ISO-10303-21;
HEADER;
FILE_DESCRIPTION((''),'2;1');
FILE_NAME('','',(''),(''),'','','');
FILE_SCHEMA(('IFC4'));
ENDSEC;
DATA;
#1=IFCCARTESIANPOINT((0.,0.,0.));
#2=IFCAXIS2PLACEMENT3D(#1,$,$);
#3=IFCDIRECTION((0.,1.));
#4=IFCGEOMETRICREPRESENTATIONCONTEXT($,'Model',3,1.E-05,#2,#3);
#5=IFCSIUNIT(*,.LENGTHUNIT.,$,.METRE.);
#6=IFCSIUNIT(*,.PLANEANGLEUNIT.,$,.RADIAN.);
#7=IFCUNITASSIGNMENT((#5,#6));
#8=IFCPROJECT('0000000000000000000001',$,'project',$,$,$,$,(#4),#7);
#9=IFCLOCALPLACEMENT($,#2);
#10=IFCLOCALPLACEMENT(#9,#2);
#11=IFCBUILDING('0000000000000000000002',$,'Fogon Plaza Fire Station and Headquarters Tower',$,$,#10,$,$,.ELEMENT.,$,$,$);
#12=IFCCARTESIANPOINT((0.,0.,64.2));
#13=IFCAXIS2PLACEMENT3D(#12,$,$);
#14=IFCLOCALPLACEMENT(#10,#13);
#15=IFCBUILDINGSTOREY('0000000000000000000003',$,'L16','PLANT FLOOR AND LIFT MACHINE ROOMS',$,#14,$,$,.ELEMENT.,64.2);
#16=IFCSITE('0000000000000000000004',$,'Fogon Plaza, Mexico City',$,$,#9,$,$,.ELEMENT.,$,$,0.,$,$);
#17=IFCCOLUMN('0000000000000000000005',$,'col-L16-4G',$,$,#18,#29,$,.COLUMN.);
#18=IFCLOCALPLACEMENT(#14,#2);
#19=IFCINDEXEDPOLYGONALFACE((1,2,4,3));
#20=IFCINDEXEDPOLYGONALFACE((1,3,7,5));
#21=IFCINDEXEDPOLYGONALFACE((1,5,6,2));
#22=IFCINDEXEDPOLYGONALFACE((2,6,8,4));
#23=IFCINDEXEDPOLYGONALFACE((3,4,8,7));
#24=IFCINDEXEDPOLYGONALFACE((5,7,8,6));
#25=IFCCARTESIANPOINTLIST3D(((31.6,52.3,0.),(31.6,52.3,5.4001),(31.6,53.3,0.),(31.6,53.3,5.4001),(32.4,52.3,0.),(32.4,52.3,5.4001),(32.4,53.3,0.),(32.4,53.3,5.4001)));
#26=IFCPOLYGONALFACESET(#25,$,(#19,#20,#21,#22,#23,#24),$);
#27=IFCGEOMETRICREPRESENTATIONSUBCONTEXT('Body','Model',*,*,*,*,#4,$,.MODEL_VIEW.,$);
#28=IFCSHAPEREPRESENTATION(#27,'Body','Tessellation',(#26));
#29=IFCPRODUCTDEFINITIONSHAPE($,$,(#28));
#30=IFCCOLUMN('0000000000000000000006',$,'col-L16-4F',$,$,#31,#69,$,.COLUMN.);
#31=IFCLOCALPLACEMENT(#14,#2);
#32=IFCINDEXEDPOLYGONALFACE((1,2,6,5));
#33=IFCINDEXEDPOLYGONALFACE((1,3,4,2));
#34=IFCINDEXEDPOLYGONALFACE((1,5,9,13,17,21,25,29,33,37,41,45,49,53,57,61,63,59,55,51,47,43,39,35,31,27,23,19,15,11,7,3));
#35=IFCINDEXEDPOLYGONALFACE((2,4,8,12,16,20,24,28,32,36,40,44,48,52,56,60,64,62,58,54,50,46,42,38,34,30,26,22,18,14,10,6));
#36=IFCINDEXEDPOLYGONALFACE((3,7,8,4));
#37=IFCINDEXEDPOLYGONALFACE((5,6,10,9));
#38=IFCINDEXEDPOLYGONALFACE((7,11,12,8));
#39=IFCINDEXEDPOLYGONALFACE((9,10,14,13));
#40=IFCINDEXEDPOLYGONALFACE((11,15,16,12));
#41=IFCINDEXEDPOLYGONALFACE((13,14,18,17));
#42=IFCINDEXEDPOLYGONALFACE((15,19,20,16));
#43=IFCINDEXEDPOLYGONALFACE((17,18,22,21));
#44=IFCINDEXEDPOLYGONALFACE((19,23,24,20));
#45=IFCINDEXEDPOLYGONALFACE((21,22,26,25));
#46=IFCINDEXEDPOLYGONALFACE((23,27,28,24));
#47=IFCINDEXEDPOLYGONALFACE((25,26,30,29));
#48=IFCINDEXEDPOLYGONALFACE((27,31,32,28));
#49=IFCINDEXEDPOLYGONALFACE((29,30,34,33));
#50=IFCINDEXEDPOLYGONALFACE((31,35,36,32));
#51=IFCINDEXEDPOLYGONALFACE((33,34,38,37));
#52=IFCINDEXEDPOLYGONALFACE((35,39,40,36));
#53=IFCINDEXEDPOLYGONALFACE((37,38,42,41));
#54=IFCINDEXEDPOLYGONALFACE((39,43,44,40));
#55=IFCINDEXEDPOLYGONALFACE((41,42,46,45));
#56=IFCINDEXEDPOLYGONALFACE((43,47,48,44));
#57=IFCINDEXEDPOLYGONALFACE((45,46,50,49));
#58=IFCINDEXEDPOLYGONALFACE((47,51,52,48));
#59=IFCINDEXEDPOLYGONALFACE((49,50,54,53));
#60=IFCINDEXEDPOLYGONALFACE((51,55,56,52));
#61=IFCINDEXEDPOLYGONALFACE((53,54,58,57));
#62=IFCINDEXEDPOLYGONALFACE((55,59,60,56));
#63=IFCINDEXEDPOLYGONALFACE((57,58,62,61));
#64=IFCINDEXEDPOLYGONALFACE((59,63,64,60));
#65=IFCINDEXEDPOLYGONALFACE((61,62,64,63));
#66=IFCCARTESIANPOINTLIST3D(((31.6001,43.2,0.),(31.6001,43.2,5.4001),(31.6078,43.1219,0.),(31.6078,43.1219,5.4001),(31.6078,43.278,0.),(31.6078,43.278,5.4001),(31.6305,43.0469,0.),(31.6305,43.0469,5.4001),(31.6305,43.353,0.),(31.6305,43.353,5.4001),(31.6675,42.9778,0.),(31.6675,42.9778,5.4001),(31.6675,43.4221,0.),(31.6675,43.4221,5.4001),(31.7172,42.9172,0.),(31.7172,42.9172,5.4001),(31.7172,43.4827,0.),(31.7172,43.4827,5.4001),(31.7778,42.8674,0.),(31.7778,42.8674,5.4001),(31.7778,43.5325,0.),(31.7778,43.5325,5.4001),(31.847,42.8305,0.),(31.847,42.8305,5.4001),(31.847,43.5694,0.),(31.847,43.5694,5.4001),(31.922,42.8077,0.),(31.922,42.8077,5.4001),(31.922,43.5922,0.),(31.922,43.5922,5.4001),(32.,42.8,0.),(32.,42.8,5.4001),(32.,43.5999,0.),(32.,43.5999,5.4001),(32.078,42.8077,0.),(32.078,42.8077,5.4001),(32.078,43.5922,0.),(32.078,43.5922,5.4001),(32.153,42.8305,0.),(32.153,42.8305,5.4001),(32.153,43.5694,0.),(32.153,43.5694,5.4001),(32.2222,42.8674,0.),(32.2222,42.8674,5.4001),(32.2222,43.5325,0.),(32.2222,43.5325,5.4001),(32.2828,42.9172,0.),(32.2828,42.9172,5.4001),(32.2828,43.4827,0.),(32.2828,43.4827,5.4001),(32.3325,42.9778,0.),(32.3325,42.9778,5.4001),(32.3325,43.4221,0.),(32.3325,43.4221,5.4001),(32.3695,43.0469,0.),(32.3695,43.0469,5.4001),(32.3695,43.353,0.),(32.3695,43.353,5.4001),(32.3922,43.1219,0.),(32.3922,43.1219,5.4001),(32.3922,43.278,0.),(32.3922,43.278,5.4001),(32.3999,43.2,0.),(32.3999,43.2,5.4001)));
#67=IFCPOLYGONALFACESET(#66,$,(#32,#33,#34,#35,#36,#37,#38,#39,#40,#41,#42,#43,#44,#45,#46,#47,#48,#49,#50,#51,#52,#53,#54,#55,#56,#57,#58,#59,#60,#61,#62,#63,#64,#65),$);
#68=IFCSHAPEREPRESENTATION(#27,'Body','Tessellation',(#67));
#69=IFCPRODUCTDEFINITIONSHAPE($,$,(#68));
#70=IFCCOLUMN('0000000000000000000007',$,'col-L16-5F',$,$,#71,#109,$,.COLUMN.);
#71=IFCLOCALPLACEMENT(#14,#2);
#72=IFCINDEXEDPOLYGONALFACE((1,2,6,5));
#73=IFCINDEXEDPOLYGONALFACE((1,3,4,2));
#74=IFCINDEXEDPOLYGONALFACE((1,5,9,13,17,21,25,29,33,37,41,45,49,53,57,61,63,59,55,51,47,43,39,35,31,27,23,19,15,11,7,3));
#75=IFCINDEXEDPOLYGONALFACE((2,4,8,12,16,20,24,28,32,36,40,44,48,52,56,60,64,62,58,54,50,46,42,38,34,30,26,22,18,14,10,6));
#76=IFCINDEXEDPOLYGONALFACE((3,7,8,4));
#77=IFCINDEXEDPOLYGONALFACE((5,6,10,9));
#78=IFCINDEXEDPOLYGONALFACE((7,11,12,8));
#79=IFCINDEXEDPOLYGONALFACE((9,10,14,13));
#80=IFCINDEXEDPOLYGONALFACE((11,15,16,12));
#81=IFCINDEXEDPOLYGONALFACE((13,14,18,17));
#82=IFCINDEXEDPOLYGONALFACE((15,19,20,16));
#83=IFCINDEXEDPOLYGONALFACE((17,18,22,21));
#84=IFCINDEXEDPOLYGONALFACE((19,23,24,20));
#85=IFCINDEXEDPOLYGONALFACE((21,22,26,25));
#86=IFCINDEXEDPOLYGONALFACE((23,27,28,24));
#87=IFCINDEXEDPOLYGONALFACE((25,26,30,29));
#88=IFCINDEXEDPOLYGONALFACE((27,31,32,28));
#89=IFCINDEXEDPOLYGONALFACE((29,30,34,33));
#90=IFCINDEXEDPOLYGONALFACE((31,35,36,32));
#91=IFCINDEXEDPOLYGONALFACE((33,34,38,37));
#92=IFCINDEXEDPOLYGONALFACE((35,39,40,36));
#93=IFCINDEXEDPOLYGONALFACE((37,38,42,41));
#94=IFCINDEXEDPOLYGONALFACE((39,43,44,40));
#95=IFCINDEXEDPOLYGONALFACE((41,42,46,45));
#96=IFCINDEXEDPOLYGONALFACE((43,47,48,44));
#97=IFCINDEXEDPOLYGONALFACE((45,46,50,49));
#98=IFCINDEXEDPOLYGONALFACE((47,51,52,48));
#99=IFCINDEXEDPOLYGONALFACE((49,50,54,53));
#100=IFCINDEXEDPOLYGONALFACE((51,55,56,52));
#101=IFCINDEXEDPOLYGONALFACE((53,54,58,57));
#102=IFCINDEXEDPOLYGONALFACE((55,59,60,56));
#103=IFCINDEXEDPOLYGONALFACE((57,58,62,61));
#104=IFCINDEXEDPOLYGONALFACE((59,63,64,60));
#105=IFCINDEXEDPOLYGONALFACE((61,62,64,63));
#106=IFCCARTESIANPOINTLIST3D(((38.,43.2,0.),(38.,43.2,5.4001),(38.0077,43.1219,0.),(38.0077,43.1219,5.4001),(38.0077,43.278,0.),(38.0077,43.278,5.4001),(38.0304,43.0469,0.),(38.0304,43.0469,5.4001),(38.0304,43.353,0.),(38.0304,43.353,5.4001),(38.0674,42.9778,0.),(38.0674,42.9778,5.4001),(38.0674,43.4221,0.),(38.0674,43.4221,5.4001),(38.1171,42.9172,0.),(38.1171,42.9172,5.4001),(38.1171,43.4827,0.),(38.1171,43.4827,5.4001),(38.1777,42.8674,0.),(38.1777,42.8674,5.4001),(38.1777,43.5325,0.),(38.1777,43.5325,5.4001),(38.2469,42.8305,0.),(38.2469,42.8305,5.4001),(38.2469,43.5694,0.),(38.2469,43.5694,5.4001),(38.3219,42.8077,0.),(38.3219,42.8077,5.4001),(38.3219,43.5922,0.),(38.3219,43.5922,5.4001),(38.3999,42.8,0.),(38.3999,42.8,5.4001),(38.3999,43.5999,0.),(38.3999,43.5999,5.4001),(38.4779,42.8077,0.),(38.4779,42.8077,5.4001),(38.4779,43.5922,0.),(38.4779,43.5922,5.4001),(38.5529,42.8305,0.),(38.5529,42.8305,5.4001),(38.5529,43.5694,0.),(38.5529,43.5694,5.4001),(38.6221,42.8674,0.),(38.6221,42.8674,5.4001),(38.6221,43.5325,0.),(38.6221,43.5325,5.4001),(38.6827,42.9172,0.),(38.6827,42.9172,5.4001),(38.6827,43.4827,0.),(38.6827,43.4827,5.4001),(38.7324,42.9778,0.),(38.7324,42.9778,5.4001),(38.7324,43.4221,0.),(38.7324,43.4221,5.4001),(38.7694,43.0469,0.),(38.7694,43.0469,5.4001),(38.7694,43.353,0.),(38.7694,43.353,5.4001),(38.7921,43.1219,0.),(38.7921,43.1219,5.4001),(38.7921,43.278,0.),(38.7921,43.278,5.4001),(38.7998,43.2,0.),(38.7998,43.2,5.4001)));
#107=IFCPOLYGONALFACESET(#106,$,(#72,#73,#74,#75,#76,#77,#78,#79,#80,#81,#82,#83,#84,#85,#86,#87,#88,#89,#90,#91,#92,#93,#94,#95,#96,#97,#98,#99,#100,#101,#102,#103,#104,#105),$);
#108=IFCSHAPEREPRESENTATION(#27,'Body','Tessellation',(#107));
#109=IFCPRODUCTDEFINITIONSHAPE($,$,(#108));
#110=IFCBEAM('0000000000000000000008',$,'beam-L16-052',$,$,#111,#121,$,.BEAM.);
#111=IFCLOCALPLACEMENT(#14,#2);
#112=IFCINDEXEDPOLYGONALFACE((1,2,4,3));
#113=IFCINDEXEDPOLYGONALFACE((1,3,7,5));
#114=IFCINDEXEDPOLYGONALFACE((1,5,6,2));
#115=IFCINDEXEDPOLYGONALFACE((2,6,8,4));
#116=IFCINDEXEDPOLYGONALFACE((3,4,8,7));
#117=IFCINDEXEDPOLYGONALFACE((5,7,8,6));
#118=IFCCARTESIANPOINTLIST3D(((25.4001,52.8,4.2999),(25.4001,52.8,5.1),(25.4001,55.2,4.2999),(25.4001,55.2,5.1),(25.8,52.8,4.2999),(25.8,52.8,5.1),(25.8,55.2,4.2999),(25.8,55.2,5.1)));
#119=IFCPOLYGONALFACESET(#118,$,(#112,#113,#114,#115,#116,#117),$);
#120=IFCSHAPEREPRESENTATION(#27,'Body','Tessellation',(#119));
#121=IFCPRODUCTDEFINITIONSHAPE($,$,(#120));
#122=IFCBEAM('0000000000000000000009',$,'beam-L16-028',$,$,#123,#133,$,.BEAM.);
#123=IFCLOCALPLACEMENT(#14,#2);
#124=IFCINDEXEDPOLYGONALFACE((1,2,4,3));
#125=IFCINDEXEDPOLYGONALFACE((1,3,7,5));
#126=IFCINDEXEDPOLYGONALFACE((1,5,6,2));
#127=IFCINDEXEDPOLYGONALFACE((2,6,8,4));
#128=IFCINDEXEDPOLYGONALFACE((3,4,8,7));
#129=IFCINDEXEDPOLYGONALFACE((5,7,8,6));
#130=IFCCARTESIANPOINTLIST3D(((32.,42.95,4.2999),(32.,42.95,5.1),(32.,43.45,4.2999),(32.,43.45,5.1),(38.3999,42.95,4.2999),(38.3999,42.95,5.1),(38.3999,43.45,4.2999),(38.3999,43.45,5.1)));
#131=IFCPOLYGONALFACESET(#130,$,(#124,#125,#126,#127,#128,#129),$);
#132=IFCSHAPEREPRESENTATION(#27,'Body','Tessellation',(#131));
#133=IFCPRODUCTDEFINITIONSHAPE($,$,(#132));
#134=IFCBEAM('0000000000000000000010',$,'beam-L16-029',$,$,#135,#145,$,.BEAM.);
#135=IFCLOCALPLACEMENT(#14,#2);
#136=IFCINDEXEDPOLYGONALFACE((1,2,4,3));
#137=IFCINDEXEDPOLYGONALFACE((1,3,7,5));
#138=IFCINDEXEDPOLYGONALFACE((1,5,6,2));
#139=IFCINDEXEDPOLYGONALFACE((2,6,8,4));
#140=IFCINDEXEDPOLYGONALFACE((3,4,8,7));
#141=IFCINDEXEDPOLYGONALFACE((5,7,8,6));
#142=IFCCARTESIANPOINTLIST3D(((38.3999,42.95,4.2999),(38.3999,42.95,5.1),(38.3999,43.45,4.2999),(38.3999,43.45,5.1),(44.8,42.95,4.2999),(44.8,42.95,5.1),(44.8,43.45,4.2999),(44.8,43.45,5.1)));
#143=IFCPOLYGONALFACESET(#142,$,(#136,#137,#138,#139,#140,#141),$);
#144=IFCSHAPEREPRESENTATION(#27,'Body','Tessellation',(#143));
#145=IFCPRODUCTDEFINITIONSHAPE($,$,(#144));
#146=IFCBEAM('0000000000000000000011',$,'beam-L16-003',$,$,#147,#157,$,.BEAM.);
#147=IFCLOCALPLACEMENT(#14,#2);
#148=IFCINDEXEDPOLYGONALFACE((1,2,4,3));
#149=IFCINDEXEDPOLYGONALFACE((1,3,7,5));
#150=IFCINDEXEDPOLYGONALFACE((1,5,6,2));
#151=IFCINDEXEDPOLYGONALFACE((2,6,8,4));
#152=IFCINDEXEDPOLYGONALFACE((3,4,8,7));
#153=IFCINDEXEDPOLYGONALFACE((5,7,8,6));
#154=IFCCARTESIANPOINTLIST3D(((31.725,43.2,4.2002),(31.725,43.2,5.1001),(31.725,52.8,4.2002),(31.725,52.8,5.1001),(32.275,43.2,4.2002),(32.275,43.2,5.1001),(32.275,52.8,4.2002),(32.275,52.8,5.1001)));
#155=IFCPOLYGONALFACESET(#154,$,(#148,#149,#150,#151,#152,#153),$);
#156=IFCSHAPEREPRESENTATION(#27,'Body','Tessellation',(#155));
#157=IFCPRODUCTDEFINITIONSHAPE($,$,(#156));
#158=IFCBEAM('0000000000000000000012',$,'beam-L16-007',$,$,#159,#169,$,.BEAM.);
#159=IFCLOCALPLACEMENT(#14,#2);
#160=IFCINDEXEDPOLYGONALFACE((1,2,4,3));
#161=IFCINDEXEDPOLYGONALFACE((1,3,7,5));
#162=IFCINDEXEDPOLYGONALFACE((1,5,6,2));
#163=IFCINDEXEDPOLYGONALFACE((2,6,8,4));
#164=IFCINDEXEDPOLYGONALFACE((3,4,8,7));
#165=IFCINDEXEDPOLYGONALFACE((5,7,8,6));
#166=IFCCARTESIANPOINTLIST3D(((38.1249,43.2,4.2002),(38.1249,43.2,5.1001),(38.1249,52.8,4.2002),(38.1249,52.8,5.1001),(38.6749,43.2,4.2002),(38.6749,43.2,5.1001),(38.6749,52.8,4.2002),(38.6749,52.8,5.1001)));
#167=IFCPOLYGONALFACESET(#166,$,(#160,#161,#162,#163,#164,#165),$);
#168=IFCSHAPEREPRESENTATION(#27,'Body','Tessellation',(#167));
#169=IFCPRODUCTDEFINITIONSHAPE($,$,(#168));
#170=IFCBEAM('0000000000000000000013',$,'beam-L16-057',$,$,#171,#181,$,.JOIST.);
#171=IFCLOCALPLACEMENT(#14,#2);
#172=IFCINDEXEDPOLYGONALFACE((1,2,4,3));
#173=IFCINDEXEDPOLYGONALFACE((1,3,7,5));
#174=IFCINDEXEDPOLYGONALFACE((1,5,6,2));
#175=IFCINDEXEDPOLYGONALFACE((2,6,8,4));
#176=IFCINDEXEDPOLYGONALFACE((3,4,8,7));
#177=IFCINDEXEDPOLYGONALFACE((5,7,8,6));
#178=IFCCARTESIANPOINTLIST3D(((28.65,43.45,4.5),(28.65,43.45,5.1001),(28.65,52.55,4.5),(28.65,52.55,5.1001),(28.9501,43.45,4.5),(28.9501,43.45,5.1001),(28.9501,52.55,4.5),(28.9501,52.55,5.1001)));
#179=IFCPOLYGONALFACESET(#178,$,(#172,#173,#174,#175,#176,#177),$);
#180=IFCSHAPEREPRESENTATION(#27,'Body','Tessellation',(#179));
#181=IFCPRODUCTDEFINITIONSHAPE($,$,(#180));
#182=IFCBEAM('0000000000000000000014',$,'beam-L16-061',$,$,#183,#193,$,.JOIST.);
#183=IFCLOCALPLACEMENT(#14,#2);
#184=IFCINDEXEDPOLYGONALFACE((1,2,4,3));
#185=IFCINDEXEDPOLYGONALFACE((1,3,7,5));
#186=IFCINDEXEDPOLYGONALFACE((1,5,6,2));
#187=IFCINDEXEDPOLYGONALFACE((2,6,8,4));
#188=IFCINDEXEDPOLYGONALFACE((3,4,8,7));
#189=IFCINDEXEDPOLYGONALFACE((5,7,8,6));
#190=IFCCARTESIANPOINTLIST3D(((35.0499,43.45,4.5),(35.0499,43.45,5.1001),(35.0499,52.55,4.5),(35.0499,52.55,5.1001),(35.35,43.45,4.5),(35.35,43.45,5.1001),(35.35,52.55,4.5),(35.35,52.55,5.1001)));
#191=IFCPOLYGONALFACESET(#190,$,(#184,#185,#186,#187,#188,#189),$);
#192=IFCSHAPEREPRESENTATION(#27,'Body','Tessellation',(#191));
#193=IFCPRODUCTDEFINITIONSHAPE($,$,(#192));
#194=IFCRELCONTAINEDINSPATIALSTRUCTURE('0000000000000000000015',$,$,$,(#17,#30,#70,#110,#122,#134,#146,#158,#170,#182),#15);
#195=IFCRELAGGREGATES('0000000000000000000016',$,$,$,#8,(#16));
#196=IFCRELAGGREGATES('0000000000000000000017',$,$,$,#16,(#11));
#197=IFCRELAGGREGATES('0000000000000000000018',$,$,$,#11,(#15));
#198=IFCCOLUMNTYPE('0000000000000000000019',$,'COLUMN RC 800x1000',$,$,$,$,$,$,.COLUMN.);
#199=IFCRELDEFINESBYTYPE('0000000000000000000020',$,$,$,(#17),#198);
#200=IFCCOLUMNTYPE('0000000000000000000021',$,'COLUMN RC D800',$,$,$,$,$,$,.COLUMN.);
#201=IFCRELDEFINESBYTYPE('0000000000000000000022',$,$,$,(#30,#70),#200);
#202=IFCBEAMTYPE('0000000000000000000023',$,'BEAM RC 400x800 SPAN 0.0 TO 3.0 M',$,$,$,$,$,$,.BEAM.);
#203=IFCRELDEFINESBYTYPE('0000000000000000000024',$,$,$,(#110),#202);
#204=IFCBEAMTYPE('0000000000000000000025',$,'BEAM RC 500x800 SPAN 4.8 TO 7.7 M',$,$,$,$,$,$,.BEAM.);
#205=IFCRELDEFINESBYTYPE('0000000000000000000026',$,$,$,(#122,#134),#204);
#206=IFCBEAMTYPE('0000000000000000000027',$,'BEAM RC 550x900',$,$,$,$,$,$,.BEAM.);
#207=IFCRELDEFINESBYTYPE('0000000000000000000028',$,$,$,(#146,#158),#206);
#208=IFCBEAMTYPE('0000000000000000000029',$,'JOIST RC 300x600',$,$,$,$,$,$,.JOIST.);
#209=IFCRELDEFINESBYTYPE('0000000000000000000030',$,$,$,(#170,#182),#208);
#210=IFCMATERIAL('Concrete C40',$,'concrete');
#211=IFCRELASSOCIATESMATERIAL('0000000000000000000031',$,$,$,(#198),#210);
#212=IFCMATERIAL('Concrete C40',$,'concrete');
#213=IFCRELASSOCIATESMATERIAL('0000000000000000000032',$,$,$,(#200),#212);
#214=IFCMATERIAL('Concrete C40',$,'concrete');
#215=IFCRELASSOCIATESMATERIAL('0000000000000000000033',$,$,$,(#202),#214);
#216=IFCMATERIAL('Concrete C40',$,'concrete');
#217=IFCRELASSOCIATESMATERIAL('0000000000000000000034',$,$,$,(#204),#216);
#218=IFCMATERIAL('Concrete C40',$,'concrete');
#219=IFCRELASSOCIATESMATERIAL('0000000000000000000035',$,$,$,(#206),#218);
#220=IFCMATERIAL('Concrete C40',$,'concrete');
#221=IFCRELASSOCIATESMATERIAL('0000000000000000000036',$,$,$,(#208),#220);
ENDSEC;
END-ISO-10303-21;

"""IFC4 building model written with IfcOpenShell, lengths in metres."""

from ifc_helpers import new_model, si_unit, direction, frame, origin, origin_2d, place, context, subcontext, project, spatial, rectangle, circle, extrude, material, material_profile, profile_set, type_object, element, save


model = new_model("IFC4")

# Units and contexts
model_context = context("Model", 3, precision=1e-05, world=origin(), true_north=direction((0.0, 1.0)))
body_context = subcontext(model_context, "Body", "Model", "MODEL_VIEW")
ifc_project = project(units=[si_unit("LENGTHUNIT", "METRE"), si_unit("PLANEANGLEUNIT", "RADIAN")], contexts=[model_context])

# Site, building, storey
site_placement = place(None, origin())
site = spatial("IfcSite", under=ifc_project, at=site_placement, Name="Fogon Plaza, Mexico City", CompositionType="ELEMENT", RefElevation=0.0)
building_placement = place(site_placement, origin())
building = spatial("IfcBuilding", under=site, at=building_placement, Name="Fogon Plaza Fire Station and Headquarters Tower", CompositionType="ELEMENT")
storey_placement = place(building_placement, frame((0.0, 0.0, 64.2)))
storey = spatial("IfcBuildingStorey", under=building, at=storey_placement, Name="L16", Description="PLANT FLOOR AND LIFT MACHINE ROOMS", CompositionType="ELEMENT", Elevation=64.2)

# Columns
ifc_material_1 = material(Name="Concrete C40", Category="concrete")
ifc_material_profile_1 = material_profile(ifc_material_1, rectangle(XDim=0.8, YDim=1.0, at=origin_2d()), Name="RC 800x1000")
ifc_profile_set_1 = profile_set([ifc_material_profile_1], Name="Concrete C40")
column_type_1 = type_object("IfcColumnType", Name="COLUMN RC 800x1000", PredefinedType="COLUMN", material=ifc_profile_set_1)
column_placement = place(storey_placement, frame((32.0, 52.8, 0.0), z_axis=(0.0, 0.0, 1.0), x_axis=(1.0, 0.0, 0.0)))
element("IfcColumn", 1, at=column_placement, inside=storey, type_object=column_type_1, Name="col-L16-4G", PredefinedType="COLUMN", context=body_context, shape_type="SweptSolid", body=[
    extrude(rectangle(XDim=0.8, YDim=1.0, at=origin_2d()), origin(), (0.0, 0.0, 1.0), 5.4001),
])
ifc_material_2 = material(Name="Concrete C40", Category="concrete")
ifc_material_profile_2 = material_profile(ifc_material_2, circle(Radius=0.3999, at=origin_2d()), Name="RC D800")
ifc_profile_set_2 = profile_set([ifc_material_profile_2], Name="Concrete C40")
column_type_2 = type_object("IfcColumnType", Name="COLUMN RC D800", PredefinedType="COLUMN", material=ifc_profile_set_2)
for number, where, z_axis, x_axis, name in (
    (2, (32.0, 43.2, 0.0), (0.0, 0.0, 1.0), (1.0, 0.0, 0.0), "col-L16-4F"),
    (3, (38.3999, 43.2, 0.0), (0.0, 0.0, 1.0), (1.0, 0.0, 0.0), "col-L16-5F"),
):
    element("IfcColumn", number, at=place(storey_placement, frame(where, z_axis=z_axis, x_axis=x_axis)), inside=storey, type_object=column_type_2, Name=name, PredefinedType="COLUMN", context=body_context, shape_type="SweptSolid", body=[
        extrude(circle(Radius=0.3999, at=origin_2d()), origin(), (0.0, 0.0, 1.0), 5.4001),
    ])

# Beams
ifc_material_3 = material(Name="Concrete C40", Category="concrete")
ifc_material_profile_3 = material_profile(ifc_material_3, rectangle(XDim=0.3999, YDim=0.8, at=origin_2d()), Name="RC 400x800")
ifc_profile_set_3 = profile_set([ifc_material_profile_3], Name="Concrete C40")
beam_type_1 = type_object("IfcBeamType", Name="BEAM RC 400x800 SPAN 0.0 TO 3.0 M", PredefinedType="BEAM", material=ifc_profile_set_3)
beam_1_placement = place(storey_placement, frame((25.6001, 52.8, 4.7), z_axis=(0.0, 1.0, 0.0), x_axis=(-1.0, 0.0, 0.0)))
element("IfcBeam", 4, at=beam_1_placement, inside=storey, type_object=beam_type_1, Name="beam-L16-052", PredefinedType="BEAM", context=body_context, shape_type="SweptSolid", body=[
    extrude(rectangle(XDim=0.3999, YDim=0.8, at=origin_2d()), origin(), (0.0, 0.0, 1.0), 2.3999),
])
ifc_material_4 = material(Name="Concrete C40", Category="concrete")
ifc_material_profile_4 = material_profile(ifc_material_4, rectangle(XDim=0.5, YDim=0.8, at=origin_2d()), Name="RC 500x800")
ifc_profile_set_4 = profile_set([ifc_material_profile_4], Name="Concrete C40")
beam_type_2 = type_object("IfcBeamType", Name="BEAM RC 500x800 SPAN 4.8 TO 7.7 M", PredefinedType="BEAM", material=ifc_profile_set_4)
beam_2_placement = place(storey_placement, frame((32.0, 43.2, 4.7), z_axis=(1.0, 0.0, 0.0), x_axis=(0.0, 1.0, 0.0)))
element("IfcBeam", 5, at=beam_2_placement, inside=storey, type_object=beam_type_2, Name="beam-L16-028", PredefinedType="BEAM", context=body_context, shape_type="SweptSolid", body=[
    extrude(rectangle(XDim=0.5, YDim=0.8, at=origin_2d()), origin(), (0.0, 0.0, 1.0), 6.3999),
])
beam_3_placement = place(storey_placement, frame((38.3999, 43.2, 4.7), z_axis=(1.0, 0.0, 0.0), x_axis=(0.0, 1.0, 0.0)))
element("IfcBeam", 6, at=beam_3_placement, inside=storey, type_object=beam_type_2, Name="beam-L16-029", PredefinedType="BEAM", context=body_context, shape_type="SweptSolid", body=[
    extrude(rectangle(XDim=0.5, YDim=0.8, at=origin_2d()), origin(), (0.0, 0.0, 1.0), 6.4001),
])
ifc_material_5 = material(Name="Concrete C40", Category="concrete")
ifc_material_profile_5 = material_profile(ifc_material_5, rectangle(XDim=0.55, YDim=0.8999, at=origin_2d()), Name="RC 550x900")
ifc_profile_set_5 = profile_set([ifc_material_profile_5], Name="Concrete C40")
beam_type_3 = type_object("IfcBeamType", Name="BEAM RC 550x900", PredefinedType="BEAM", material=ifc_profile_set_5)
for number, where, z_axis, x_axis, name in (
    (7, (32.0, 43.2, 4.6501), (0.0, 1.0, 0.0), (-1.0, 0.0, 0.0), "beam-L16-003"),
    (8, (38.3999, 43.2, 4.6501), (0.0, 1.0, 0.0), (-1.0, 0.0, 0.0), "beam-L16-007"),
):
    element("IfcBeam", number, at=place(storey_placement, frame(where, z_axis=z_axis, x_axis=x_axis)), inside=storey, type_object=beam_type_3, Name=name, PredefinedType="BEAM", context=body_context, shape_type="SweptSolid", body=[
        extrude(rectangle(XDim=0.55, YDim=0.8999, at=origin_2d()), origin(), (0.0, 0.0, 1.0), 9.6001),
    ])
ifc_material_6 = material(Name="Concrete C40", Category="concrete")
ifc_material_profile_6 = material_profile(ifc_material_6, rectangle(XDim=0.3, YDim=0.6001, at=origin_2d()), Name="RC 300x600")
ifc_profile_set_6 = profile_set([ifc_material_profile_6], Name="Concrete C40")
beam_type_4 = type_object("IfcBeamType", Name="JOIST RC 300x600", PredefinedType="JOIST", material=ifc_profile_set_6)
for number, where, z_axis, x_axis, name in (
    (9, (28.8, 43.45, 4.8), (0.0, 1.0, 0.0), (-1.0, 0.0, 0.0), "beam-L16-057"),
    (10, (35.2, 43.45, 4.8), (0.0, 1.0, 0.0), (-1.0, 0.0, 0.0), "beam-L16-061"),
):
    element("IfcBeam", number, at=place(storey_placement, frame(where, z_axis=z_axis, x_axis=x_axis)), inside=storey, type_object=beam_type_4, Name=name, PredefinedType="JOIST", context=body_context, shape_type="SweptSolid", body=[
        extrude(rectangle(XDim=0.3, YDim=0.6001, at=origin_2d()), origin(), (0.0, 0.0, 1.0), 9.1001),
    ])

save(model, "model.ifc")
